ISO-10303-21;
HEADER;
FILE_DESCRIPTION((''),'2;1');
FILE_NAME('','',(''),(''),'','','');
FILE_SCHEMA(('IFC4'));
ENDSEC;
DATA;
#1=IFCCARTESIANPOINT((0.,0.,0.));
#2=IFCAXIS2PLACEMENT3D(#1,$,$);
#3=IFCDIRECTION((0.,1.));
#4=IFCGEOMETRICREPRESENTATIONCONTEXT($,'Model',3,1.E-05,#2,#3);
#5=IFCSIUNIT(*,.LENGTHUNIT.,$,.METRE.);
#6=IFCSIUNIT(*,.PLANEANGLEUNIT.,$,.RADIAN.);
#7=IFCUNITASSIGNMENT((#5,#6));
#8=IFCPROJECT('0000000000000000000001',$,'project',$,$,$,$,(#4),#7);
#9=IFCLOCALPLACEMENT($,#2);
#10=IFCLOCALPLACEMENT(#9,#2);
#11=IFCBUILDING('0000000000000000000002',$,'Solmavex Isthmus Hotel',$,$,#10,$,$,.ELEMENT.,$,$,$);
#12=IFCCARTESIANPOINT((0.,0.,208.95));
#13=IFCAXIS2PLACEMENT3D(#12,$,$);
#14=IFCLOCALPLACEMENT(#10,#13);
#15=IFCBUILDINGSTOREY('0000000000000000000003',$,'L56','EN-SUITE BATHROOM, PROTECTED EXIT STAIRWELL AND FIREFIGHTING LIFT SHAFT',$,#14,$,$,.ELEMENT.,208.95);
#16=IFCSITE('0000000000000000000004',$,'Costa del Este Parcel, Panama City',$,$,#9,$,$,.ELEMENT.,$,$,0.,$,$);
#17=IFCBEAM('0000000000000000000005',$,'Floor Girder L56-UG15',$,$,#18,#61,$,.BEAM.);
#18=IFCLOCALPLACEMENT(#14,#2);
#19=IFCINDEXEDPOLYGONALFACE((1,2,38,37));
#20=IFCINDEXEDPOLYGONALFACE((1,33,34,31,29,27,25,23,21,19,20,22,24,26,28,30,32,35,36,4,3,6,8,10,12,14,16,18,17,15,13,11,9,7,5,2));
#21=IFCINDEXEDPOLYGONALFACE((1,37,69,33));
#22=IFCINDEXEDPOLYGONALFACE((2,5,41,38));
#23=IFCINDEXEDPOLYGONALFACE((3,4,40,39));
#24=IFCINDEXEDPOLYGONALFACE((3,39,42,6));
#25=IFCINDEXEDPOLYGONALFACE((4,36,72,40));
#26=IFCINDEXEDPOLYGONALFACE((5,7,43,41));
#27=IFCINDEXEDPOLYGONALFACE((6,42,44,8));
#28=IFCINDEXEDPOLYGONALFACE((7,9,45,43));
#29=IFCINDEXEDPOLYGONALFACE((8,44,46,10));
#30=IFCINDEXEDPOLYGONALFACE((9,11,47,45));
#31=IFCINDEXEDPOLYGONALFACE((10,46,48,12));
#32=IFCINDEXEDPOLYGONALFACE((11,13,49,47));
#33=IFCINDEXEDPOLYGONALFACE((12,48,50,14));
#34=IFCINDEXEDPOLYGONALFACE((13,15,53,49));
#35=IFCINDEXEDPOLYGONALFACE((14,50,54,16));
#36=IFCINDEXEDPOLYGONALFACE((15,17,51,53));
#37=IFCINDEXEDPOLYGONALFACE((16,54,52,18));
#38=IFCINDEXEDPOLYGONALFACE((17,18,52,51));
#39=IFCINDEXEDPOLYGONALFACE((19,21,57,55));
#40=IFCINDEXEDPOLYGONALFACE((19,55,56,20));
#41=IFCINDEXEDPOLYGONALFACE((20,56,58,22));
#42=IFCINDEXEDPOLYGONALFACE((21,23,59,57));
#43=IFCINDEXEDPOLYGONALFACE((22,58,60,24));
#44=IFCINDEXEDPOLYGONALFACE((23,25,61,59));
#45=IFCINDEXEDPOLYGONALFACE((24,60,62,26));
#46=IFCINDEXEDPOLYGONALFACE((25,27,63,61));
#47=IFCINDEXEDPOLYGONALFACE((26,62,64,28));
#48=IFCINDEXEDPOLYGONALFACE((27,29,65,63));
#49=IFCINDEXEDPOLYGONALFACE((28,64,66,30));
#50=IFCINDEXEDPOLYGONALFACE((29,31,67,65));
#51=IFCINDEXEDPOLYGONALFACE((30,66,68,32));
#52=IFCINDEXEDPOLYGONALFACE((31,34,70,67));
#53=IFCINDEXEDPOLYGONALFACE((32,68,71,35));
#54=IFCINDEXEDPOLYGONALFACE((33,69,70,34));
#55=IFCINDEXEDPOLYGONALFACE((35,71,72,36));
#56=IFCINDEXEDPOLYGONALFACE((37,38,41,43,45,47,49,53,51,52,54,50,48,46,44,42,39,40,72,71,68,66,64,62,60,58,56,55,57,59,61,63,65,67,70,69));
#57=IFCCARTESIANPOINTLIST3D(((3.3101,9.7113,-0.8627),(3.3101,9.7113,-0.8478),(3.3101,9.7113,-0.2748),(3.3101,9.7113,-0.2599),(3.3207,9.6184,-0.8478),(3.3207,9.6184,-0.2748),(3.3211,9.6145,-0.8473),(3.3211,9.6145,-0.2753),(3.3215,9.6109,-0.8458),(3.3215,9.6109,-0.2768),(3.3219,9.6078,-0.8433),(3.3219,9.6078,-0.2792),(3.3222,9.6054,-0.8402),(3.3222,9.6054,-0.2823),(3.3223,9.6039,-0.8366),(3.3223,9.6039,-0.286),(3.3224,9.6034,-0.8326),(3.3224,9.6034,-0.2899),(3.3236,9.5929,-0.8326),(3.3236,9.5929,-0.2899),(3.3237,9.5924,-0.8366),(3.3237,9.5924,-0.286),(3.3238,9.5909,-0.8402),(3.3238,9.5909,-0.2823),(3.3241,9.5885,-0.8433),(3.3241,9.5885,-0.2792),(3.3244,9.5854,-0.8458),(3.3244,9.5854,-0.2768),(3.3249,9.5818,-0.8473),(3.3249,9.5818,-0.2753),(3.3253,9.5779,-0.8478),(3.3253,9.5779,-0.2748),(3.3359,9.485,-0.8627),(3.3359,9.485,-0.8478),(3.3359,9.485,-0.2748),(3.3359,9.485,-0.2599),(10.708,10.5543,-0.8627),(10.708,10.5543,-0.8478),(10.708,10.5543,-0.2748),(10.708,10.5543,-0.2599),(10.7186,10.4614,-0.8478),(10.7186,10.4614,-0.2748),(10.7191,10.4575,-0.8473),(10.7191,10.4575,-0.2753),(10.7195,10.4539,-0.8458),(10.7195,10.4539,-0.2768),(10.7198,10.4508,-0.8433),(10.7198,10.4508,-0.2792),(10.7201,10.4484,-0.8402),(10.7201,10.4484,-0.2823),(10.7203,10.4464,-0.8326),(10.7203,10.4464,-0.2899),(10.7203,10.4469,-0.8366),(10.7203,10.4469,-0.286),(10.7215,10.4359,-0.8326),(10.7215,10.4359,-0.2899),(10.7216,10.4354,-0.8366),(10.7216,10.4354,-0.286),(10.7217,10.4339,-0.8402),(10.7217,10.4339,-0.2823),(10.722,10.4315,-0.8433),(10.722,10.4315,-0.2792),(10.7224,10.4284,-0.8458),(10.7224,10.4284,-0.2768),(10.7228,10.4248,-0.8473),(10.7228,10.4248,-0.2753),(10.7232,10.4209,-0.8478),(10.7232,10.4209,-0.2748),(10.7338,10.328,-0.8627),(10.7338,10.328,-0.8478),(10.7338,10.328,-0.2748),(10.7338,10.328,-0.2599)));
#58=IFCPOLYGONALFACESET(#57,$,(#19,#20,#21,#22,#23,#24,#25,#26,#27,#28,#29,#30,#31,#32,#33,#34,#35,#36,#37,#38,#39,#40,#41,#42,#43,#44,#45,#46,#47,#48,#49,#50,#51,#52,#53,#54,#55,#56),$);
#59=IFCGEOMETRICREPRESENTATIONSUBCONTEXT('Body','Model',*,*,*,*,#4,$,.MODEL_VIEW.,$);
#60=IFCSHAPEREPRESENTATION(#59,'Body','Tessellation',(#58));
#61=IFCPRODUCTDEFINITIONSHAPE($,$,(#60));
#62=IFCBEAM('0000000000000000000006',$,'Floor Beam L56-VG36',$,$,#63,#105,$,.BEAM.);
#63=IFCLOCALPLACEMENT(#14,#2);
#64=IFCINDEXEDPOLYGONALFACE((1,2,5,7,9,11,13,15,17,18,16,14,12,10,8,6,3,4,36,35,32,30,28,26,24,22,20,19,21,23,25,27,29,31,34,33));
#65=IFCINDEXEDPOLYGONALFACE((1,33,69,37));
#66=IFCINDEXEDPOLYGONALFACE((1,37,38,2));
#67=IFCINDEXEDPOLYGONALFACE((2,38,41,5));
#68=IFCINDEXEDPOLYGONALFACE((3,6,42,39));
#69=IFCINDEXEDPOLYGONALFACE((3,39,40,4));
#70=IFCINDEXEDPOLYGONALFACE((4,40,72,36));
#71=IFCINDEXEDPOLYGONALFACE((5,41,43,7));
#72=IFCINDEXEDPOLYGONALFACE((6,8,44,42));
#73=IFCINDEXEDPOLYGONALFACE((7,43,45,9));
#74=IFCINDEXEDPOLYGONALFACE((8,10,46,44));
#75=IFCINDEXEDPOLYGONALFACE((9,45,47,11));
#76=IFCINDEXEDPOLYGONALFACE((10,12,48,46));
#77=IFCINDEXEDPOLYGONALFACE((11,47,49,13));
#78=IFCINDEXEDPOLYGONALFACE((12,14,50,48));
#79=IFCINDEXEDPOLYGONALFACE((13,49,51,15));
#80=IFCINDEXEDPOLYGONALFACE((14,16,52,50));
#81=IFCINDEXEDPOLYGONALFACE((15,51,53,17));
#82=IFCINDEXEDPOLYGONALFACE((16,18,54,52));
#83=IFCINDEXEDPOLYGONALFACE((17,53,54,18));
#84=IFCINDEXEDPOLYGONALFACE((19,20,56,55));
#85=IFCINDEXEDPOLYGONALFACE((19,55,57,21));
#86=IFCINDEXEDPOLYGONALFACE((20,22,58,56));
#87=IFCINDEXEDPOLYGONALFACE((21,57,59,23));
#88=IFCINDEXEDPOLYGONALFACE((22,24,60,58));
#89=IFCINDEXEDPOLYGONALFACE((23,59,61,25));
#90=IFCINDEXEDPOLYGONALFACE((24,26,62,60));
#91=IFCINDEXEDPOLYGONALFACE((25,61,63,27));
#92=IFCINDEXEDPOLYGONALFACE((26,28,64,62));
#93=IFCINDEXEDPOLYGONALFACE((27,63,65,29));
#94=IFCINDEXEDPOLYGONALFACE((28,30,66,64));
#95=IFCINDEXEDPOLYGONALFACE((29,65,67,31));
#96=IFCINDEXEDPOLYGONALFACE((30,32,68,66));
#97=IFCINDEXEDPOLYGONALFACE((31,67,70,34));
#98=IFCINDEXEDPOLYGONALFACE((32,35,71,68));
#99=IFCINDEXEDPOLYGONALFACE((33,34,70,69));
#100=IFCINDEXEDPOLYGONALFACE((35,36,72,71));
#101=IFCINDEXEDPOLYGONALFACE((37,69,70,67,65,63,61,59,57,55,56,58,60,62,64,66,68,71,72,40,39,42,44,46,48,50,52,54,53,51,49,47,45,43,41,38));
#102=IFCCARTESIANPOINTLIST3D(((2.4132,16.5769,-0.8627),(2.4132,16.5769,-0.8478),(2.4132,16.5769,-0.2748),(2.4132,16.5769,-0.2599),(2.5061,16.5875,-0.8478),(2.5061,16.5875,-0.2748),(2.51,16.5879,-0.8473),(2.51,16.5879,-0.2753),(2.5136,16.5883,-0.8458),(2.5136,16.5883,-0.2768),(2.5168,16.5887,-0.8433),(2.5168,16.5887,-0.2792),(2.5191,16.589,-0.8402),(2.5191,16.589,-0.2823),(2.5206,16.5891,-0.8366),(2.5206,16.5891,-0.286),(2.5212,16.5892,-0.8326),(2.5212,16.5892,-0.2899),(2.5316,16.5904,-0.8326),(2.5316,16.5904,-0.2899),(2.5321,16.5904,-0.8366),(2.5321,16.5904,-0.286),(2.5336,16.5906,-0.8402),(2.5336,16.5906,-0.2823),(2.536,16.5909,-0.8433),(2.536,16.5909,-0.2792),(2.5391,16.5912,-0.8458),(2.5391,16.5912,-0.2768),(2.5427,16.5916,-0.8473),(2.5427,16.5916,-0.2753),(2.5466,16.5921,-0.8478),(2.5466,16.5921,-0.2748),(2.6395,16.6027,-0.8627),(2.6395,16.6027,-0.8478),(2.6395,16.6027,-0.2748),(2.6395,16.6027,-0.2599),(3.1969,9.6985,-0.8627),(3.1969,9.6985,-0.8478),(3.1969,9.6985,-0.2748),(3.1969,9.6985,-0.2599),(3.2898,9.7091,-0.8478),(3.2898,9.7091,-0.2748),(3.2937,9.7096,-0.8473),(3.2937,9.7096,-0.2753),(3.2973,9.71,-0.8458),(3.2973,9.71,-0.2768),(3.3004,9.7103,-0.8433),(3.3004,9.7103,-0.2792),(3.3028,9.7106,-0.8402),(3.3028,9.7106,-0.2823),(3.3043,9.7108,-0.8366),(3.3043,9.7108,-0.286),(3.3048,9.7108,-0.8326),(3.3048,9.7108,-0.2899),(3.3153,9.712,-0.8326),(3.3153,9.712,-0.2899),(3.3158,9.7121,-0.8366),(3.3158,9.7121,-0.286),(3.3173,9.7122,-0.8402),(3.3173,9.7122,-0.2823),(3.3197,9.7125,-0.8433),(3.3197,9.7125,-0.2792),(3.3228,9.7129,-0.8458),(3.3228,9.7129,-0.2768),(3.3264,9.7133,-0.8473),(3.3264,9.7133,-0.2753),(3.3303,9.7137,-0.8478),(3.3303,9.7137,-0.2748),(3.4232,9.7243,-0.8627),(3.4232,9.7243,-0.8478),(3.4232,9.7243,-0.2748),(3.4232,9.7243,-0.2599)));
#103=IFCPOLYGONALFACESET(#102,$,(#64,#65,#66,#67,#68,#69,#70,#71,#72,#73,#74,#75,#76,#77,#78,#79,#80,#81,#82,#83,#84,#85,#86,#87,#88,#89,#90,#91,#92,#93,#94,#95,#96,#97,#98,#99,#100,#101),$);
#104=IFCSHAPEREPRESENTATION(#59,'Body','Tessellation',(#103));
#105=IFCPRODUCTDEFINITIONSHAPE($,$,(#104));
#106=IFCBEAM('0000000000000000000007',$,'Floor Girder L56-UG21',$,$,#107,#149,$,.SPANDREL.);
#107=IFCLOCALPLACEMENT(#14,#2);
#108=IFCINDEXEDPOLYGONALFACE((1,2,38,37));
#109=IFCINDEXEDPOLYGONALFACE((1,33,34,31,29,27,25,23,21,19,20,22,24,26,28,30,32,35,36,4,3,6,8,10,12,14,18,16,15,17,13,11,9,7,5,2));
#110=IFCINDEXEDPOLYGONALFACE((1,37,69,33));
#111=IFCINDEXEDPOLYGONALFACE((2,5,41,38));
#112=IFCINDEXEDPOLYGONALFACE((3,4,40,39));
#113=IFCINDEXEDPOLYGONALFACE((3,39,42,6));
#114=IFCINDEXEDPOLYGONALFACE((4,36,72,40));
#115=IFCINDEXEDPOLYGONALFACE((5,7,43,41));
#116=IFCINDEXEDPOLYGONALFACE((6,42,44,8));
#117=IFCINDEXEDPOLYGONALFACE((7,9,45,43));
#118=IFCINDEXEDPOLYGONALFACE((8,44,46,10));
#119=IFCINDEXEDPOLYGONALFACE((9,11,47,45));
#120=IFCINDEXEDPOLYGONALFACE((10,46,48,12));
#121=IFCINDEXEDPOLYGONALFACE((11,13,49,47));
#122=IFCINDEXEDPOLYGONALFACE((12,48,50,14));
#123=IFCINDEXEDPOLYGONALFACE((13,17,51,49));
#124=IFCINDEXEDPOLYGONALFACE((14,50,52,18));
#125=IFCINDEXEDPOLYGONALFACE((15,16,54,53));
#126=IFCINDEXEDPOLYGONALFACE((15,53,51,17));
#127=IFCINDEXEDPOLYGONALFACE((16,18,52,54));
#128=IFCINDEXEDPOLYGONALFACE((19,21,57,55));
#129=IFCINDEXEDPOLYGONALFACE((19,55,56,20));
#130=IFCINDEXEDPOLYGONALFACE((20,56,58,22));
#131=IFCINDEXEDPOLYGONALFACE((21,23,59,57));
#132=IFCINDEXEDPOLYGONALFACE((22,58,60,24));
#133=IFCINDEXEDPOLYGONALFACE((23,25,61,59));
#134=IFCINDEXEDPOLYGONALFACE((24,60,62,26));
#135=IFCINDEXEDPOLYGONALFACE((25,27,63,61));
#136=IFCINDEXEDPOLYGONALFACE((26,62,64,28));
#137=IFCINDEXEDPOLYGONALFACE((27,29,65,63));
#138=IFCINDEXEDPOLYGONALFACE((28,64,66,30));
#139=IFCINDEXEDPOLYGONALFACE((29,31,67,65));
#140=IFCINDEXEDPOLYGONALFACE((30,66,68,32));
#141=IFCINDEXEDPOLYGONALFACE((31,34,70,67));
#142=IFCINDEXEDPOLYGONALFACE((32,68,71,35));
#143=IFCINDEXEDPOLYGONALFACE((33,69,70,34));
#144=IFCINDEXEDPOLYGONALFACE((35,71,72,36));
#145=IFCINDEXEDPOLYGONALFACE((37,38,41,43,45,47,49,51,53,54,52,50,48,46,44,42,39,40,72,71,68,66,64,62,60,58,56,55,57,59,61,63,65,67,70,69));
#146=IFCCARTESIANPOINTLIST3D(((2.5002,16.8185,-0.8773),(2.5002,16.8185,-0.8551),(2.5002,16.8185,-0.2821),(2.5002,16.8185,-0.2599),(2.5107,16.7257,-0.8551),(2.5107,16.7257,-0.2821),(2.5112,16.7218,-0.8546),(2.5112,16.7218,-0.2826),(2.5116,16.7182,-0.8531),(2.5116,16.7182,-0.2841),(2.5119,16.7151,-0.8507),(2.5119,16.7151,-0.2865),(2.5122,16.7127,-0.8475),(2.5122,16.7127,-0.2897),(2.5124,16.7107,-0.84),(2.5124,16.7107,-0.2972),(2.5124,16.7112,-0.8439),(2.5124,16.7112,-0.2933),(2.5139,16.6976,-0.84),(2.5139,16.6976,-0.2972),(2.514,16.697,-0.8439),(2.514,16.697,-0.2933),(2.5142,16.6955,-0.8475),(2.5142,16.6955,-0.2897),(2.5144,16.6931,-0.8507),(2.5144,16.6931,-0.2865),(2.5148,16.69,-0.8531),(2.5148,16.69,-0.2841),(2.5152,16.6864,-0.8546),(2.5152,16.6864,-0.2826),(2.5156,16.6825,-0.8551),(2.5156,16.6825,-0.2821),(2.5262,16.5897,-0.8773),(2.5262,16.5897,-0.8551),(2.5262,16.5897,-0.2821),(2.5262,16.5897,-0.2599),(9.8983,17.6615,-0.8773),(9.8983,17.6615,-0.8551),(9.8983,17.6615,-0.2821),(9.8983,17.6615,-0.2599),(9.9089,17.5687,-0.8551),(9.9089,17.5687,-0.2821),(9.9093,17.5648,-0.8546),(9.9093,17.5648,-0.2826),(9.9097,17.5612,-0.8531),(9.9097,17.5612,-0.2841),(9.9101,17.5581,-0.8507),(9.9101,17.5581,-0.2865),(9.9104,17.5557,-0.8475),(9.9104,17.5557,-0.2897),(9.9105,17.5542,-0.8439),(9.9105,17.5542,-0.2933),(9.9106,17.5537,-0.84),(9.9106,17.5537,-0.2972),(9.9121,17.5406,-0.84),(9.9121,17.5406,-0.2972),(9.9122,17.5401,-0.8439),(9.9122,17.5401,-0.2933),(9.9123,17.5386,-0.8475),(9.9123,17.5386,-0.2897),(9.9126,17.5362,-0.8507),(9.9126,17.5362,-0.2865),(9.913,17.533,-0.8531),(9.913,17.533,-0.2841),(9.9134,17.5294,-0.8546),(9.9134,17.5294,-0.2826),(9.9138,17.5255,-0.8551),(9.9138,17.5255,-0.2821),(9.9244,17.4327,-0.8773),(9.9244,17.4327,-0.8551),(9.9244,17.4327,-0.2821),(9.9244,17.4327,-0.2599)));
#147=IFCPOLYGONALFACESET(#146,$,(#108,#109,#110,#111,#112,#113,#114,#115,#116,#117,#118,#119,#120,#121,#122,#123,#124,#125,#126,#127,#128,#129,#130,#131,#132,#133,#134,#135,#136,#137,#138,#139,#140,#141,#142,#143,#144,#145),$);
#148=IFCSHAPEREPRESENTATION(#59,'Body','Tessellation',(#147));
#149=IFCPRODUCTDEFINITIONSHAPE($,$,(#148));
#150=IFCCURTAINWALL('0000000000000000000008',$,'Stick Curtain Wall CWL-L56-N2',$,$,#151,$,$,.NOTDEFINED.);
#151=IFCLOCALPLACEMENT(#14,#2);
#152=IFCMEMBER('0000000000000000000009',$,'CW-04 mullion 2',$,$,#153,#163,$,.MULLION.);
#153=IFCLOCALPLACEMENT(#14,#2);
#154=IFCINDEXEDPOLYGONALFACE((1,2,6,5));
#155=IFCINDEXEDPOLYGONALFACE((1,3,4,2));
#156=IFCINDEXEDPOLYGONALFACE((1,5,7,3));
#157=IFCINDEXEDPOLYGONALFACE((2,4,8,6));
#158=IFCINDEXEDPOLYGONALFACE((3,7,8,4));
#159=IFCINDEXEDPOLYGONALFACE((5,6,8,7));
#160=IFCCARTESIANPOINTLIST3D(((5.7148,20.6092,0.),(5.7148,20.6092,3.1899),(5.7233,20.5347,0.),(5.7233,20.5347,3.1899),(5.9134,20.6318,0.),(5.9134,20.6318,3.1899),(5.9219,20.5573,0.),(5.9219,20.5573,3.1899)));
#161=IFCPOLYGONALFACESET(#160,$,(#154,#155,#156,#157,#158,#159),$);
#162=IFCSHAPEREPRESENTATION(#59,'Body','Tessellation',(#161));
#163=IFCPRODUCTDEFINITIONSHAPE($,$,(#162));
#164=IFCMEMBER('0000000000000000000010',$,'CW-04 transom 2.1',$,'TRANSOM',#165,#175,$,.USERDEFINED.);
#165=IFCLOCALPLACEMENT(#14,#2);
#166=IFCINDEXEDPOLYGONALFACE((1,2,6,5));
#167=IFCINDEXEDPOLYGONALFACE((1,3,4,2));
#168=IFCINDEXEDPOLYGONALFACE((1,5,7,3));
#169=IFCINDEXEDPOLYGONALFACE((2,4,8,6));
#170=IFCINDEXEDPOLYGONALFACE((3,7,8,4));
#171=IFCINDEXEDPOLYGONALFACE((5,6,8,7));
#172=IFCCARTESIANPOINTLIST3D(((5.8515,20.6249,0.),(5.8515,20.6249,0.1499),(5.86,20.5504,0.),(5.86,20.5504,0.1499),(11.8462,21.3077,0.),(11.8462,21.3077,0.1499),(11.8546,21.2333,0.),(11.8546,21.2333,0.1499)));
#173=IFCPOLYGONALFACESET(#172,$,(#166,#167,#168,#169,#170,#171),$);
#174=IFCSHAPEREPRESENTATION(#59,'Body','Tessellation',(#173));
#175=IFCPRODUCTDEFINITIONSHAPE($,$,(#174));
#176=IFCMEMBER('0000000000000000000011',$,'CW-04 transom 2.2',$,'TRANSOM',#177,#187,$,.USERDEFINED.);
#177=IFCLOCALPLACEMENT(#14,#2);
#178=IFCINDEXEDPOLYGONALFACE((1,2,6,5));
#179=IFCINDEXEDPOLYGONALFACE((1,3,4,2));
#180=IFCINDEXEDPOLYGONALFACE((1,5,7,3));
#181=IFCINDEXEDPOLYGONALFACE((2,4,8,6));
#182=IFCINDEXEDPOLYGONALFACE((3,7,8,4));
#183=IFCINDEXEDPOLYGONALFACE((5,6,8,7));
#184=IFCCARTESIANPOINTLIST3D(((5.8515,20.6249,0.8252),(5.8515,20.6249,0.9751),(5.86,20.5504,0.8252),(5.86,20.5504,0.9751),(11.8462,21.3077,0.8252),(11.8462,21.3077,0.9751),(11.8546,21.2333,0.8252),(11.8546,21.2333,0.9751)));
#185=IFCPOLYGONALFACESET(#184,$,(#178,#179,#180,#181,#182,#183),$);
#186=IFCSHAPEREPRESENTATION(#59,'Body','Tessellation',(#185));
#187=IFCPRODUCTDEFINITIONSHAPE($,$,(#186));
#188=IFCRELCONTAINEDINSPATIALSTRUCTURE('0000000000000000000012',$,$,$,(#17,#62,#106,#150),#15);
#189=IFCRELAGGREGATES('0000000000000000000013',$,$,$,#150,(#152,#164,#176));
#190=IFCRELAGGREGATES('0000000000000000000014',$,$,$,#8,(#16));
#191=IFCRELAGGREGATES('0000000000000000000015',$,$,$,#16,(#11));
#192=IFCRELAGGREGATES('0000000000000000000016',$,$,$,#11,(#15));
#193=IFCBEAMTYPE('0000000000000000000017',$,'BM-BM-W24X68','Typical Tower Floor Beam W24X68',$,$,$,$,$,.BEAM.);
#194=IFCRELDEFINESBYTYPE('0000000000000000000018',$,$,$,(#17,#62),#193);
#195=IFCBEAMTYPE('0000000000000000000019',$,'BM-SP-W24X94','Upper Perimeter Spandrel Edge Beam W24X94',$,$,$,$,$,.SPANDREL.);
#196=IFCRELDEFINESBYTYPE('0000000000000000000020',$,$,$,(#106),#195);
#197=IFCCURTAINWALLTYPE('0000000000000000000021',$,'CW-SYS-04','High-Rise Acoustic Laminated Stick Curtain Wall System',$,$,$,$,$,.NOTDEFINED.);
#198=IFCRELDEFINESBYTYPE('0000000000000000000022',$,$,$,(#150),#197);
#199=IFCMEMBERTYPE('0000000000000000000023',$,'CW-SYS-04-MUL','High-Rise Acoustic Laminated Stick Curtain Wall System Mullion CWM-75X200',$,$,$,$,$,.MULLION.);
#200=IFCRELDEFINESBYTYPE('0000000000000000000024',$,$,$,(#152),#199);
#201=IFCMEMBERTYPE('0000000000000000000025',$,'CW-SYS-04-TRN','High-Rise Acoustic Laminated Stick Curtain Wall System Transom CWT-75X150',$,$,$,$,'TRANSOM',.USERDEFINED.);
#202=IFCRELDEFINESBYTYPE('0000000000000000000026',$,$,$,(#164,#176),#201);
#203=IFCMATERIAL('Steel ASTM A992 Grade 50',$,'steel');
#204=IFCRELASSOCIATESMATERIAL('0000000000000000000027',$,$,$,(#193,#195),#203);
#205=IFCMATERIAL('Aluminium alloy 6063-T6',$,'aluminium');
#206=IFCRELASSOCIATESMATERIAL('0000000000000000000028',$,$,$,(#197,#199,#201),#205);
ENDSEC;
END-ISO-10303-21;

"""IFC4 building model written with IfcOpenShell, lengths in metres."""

from ifc_helpers import new_model, si_unit, direction, frame, origin, origin_2d, place, context, subcontext, project, spatial, rectangle, i_section, extrude, material, material_profile, profile_set, type_object, element, aggregate, save


model = new_model("IFC4")

# Units and contexts
model_context = context("Model", 3, precision=1e-05, world=origin(), true_north=direction((0.0, 1.0)))
body_context = subcontext(model_context, "Body", "Model", "MODEL_VIEW")
ifc_project = project(units=[si_unit("LENGTHUNIT", "METRE"), si_unit("PLANEANGLEUNIT", "RADIAN")], contexts=[model_context])

# Site, building, storey
site_placement = place(None, origin())
site = spatial("IfcSite", under=ifc_project, at=site_placement, Name="Costa del Este Parcel, Panama City", CompositionType="ELEMENT", RefElevation=0.0)
building_placement = place(site_placement, origin())
building = spatial("IfcBuilding", under=site, at=building_placement, Name="Solmavex Isthmus Hotel", CompositionType="ELEMENT")
storey_placement = place(building_placement, frame((0.0, 0.0, 208.95)))
storey = spatial("IfcBuildingStorey", under=building, at=storey_placement, Name="L56", Description="EN-SUITE BATHROOM, PROTECTED EXIT STAIRWELL AND FIREFIGHTING LIFT SHAFT", CompositionType="ELEMENT", Elevation=208.95)

# Beams
ifc_material_1 = material(Name="Steel ASTM A992 Grade 50", Category="steel")
ifc_material_profile_1 = material_profile(ifc_material_1, i_section(OverallWidth=0.2278, OverallDepth=0.6028, WebThickness=0.0105, FlangeThickness=0.0149, FilletRadius=0.0151, at=origin_2d()), Name="W24X68")
ifc_profile_set_1 = profile_set([ifc_material_profile_1], Name="Steel ASTM A992 Grade 50")
beam_type_1 = type_object("IfcBeamType", Name="BM-BM-W24X68", Description="Typical Tower Floor Beam W24X68", PredefinedType="BEAM", material=ifc_profile_set_1)
beam_1_placement = place(storey_placement, frame((3.323, 9.5981, -0.5613), z_axis=(0.99357, 0.11322, 0.0), x_axis=(-0.11322, 0.99357, 0.0)))
element("IfcBeam", 1, at=beam_1_placement, inside=storey, type_object=beam_type_1, Name="Floor Girder L56-UG15", PredefinedType="BEAM", context=body_context, shape_type="SweptSolid", body=[
    extrude(i_section(OverallWidth=0.2278, OverallDepth=0.6028, WebThickness=0.0105, FlangeThickness=0.0149, FilletRadius=0.0151, at=origin_2d()), origin(), (0.0, 0.0, 1.0), 7.4458),
])
beam_2_placement = place(storey_placement, frame((3.3101, 9.7114, -0.5613), z_axis=(-0.113202, 0.993572, 0.0), x_axis=(-0.993572, -0.113202, 0.0)))
element("IfcBeam", 2, at=beam_2_placement, inside=storey, type_object=beam_type_1, Name="Floor Beam L56-VG36", PredefinedType="BEAM", context=body_context, shape_type="SweptSolid", body=[
    extrude(i_section(OverallWidth=0.2278, OverallDepth=0.6028, WebThickness=0.0105, FlangeThickness=0.0149, FilletRadius=0.0151, at=origin_2d()), origin(), (0.0, 0.0, 1.0), 6.9229),
])
ifc_material_profile_2 = material_profile(ifc_material_1, i_section(OverallWidth=0.2302, OverallDepth=0.6174, WebThickness=0.0132, FlangeThickness=0.0222, FilletRadius=0.0151, at=origin_2d()), Name="W24X94")
ifc_profile_set_2 = profile_set([ifc_material_profile_2], Name="Steel ASTM A992 Grade 50")
beam_type_2 = type_object("IfcBeamType", Name="BM-SP-W24X94", Description="Upper Perimeter Spandrel Edge Beam W24X94", PredefinedType="SPANDREL", material=ifc_profile_set_2)
beam_3_placement = place(storey_placement, frame((2.5132, 16.7041, -0.5686), z_axis=(0.99357, 0.113216, 0.0), x_axis=(-0.113216, 0.99357, 0.0)))
element("IfcBeam", 3, at=beam_3_placement, inside=storey, type_object=beam_type_2, Name="Floor Girder L56-UG21", PredefinedType="SPANDREL", context=body_context, shape_type="SweptSolid", body=[
    extrude(i_section(OverallWidth=0.2302, OverallDepth=0.6174, WebThickness=0.0132, FlangeThickness=0.0222, FilletRadius=0.0151, at=origin_2d()), origin(), (0.0, 0.0, 1.0), 7.446),
])

# Curtain wall, members
ifc_material_2 = material(Name="Aluminium alloy 6063-T6", Category="aluminium")
curtain_wall_type = type_object("IfcCurtainWallType", Name="CW-SYS-04", Description="High-Rise Acoustic Laminated Stick Curtain Wall System", PredefinedType="NOTDEFINED", material=ifc_material_2)
curtain_wall_placement = place(storey_placement, origin())
curtain_wall = element("IfcCurtainWall", 4, at=curtain_wall_placement, inside=storey, type_object=curtain_wall_type, Name="Stick Curtain Wall CWL-L56-N2", PredefinedType="NOTDEFINED")
ifc_material_profile_3 = material_profile(ifc_material_2, rectangle(XDim=0.075, YDim=0.2, at=origin_2d()), Name="CWM-75X200")
ifc_profile_set_3 = profile_set([ifc_material_profile_3], Name="Aluminium alloy 6063-T6")
member_type_1 = type_object("IfcMemberType", Name="CW-SYS-04-MUL", Description="High-Rise Acoustic Laminated Stick Curtain Wall System Mullion CWM-75X200", PredefinedType="MULLION", material=ifc_profile_set_3)
member_1_placement = place(storey_placement, frame((5.8184, 20.5833, 0.0), z_axis=(0.0, 0.0, 1.0), x_axis=(-0.113203, 0.993572, 0.0)))
member_1 = element("IfcMember", 5, at=member_1_placement, type_object=member_type_1, Name="CW-04 mullion 2", PredefinedType="MULLION", context=body_context, shape_type="SweptSolid", body=[
    extrude(rectangle(XDim=0.075, YDim=0.2, at=origin_2d()), origin(), (0.0, 0.0, 1.0), 3.1899),
])
ifc_material_profile_4 = material_profile(ifc_material_2, rectangle(XDim=0.075, YDim=0.1499, at=origin_2d()), Name="CWT-75X150")
ifc_profile_set_4 = profile_set([ifc_material_profile_4], Name="Aluminium alloy 6063-T6")
member_type_2 = type_object("IfcMemberType", Name="CW-SYS-04-TRN", Description="High-Rise Acoustic Laminated Stick Curtain Wall System Transom CWT-75X150", ElementType="TRANSOM", PredefinedType="USERDEFINED", material=ifc_profile_set_4)
member_2_placement = place(storey_placement, frame((5.8557, 20.5876, 0.075), z_axis=(0.993574, 0.11318, 0.0), x_axis=(-0.11318, 0.993574, 0.0)))
member_2 = element("IfcMember", 6, at=member_2_placement, type_object=member_type_2, Name="CW-04 transom 2.1", ObjectType="TRANSOM", PredefinedType="USERDEFINED", context=body_context, shape_type="SweptSolid", body=[
    extrude(rectangle(XDim=0.075, YDim=0.1499, at=origin_2d()), origin(), (0.0, 0.0, 1.0), 6.0334),
])
member_3_placement = place(storey_placement, frame((5.8557, 20.5876, 0.9001), z_axis=(0.993574, 0.11318, 0.0), x_axis=(-0.11318, 0.993574, 0.0)))
member_3 = element("IfcMember", 7, at=member_3_placement, type_object=member_type_2, Name="CW-04 transom 2.2", ObjectType="TRANSOM", PredefinedType="USERDEFINED", context=body_context, shape_type="SweptSolid", body=[
    extrude(rectangle(XDim=0.075, YDim=0.1499, at=origin_2d()), origin(), (0.0, 0.0, 1.0), 6.0334),
])
aggregate(curtain_wall, [member_1, member_2, member_3])

save(model, "model.ifc")
